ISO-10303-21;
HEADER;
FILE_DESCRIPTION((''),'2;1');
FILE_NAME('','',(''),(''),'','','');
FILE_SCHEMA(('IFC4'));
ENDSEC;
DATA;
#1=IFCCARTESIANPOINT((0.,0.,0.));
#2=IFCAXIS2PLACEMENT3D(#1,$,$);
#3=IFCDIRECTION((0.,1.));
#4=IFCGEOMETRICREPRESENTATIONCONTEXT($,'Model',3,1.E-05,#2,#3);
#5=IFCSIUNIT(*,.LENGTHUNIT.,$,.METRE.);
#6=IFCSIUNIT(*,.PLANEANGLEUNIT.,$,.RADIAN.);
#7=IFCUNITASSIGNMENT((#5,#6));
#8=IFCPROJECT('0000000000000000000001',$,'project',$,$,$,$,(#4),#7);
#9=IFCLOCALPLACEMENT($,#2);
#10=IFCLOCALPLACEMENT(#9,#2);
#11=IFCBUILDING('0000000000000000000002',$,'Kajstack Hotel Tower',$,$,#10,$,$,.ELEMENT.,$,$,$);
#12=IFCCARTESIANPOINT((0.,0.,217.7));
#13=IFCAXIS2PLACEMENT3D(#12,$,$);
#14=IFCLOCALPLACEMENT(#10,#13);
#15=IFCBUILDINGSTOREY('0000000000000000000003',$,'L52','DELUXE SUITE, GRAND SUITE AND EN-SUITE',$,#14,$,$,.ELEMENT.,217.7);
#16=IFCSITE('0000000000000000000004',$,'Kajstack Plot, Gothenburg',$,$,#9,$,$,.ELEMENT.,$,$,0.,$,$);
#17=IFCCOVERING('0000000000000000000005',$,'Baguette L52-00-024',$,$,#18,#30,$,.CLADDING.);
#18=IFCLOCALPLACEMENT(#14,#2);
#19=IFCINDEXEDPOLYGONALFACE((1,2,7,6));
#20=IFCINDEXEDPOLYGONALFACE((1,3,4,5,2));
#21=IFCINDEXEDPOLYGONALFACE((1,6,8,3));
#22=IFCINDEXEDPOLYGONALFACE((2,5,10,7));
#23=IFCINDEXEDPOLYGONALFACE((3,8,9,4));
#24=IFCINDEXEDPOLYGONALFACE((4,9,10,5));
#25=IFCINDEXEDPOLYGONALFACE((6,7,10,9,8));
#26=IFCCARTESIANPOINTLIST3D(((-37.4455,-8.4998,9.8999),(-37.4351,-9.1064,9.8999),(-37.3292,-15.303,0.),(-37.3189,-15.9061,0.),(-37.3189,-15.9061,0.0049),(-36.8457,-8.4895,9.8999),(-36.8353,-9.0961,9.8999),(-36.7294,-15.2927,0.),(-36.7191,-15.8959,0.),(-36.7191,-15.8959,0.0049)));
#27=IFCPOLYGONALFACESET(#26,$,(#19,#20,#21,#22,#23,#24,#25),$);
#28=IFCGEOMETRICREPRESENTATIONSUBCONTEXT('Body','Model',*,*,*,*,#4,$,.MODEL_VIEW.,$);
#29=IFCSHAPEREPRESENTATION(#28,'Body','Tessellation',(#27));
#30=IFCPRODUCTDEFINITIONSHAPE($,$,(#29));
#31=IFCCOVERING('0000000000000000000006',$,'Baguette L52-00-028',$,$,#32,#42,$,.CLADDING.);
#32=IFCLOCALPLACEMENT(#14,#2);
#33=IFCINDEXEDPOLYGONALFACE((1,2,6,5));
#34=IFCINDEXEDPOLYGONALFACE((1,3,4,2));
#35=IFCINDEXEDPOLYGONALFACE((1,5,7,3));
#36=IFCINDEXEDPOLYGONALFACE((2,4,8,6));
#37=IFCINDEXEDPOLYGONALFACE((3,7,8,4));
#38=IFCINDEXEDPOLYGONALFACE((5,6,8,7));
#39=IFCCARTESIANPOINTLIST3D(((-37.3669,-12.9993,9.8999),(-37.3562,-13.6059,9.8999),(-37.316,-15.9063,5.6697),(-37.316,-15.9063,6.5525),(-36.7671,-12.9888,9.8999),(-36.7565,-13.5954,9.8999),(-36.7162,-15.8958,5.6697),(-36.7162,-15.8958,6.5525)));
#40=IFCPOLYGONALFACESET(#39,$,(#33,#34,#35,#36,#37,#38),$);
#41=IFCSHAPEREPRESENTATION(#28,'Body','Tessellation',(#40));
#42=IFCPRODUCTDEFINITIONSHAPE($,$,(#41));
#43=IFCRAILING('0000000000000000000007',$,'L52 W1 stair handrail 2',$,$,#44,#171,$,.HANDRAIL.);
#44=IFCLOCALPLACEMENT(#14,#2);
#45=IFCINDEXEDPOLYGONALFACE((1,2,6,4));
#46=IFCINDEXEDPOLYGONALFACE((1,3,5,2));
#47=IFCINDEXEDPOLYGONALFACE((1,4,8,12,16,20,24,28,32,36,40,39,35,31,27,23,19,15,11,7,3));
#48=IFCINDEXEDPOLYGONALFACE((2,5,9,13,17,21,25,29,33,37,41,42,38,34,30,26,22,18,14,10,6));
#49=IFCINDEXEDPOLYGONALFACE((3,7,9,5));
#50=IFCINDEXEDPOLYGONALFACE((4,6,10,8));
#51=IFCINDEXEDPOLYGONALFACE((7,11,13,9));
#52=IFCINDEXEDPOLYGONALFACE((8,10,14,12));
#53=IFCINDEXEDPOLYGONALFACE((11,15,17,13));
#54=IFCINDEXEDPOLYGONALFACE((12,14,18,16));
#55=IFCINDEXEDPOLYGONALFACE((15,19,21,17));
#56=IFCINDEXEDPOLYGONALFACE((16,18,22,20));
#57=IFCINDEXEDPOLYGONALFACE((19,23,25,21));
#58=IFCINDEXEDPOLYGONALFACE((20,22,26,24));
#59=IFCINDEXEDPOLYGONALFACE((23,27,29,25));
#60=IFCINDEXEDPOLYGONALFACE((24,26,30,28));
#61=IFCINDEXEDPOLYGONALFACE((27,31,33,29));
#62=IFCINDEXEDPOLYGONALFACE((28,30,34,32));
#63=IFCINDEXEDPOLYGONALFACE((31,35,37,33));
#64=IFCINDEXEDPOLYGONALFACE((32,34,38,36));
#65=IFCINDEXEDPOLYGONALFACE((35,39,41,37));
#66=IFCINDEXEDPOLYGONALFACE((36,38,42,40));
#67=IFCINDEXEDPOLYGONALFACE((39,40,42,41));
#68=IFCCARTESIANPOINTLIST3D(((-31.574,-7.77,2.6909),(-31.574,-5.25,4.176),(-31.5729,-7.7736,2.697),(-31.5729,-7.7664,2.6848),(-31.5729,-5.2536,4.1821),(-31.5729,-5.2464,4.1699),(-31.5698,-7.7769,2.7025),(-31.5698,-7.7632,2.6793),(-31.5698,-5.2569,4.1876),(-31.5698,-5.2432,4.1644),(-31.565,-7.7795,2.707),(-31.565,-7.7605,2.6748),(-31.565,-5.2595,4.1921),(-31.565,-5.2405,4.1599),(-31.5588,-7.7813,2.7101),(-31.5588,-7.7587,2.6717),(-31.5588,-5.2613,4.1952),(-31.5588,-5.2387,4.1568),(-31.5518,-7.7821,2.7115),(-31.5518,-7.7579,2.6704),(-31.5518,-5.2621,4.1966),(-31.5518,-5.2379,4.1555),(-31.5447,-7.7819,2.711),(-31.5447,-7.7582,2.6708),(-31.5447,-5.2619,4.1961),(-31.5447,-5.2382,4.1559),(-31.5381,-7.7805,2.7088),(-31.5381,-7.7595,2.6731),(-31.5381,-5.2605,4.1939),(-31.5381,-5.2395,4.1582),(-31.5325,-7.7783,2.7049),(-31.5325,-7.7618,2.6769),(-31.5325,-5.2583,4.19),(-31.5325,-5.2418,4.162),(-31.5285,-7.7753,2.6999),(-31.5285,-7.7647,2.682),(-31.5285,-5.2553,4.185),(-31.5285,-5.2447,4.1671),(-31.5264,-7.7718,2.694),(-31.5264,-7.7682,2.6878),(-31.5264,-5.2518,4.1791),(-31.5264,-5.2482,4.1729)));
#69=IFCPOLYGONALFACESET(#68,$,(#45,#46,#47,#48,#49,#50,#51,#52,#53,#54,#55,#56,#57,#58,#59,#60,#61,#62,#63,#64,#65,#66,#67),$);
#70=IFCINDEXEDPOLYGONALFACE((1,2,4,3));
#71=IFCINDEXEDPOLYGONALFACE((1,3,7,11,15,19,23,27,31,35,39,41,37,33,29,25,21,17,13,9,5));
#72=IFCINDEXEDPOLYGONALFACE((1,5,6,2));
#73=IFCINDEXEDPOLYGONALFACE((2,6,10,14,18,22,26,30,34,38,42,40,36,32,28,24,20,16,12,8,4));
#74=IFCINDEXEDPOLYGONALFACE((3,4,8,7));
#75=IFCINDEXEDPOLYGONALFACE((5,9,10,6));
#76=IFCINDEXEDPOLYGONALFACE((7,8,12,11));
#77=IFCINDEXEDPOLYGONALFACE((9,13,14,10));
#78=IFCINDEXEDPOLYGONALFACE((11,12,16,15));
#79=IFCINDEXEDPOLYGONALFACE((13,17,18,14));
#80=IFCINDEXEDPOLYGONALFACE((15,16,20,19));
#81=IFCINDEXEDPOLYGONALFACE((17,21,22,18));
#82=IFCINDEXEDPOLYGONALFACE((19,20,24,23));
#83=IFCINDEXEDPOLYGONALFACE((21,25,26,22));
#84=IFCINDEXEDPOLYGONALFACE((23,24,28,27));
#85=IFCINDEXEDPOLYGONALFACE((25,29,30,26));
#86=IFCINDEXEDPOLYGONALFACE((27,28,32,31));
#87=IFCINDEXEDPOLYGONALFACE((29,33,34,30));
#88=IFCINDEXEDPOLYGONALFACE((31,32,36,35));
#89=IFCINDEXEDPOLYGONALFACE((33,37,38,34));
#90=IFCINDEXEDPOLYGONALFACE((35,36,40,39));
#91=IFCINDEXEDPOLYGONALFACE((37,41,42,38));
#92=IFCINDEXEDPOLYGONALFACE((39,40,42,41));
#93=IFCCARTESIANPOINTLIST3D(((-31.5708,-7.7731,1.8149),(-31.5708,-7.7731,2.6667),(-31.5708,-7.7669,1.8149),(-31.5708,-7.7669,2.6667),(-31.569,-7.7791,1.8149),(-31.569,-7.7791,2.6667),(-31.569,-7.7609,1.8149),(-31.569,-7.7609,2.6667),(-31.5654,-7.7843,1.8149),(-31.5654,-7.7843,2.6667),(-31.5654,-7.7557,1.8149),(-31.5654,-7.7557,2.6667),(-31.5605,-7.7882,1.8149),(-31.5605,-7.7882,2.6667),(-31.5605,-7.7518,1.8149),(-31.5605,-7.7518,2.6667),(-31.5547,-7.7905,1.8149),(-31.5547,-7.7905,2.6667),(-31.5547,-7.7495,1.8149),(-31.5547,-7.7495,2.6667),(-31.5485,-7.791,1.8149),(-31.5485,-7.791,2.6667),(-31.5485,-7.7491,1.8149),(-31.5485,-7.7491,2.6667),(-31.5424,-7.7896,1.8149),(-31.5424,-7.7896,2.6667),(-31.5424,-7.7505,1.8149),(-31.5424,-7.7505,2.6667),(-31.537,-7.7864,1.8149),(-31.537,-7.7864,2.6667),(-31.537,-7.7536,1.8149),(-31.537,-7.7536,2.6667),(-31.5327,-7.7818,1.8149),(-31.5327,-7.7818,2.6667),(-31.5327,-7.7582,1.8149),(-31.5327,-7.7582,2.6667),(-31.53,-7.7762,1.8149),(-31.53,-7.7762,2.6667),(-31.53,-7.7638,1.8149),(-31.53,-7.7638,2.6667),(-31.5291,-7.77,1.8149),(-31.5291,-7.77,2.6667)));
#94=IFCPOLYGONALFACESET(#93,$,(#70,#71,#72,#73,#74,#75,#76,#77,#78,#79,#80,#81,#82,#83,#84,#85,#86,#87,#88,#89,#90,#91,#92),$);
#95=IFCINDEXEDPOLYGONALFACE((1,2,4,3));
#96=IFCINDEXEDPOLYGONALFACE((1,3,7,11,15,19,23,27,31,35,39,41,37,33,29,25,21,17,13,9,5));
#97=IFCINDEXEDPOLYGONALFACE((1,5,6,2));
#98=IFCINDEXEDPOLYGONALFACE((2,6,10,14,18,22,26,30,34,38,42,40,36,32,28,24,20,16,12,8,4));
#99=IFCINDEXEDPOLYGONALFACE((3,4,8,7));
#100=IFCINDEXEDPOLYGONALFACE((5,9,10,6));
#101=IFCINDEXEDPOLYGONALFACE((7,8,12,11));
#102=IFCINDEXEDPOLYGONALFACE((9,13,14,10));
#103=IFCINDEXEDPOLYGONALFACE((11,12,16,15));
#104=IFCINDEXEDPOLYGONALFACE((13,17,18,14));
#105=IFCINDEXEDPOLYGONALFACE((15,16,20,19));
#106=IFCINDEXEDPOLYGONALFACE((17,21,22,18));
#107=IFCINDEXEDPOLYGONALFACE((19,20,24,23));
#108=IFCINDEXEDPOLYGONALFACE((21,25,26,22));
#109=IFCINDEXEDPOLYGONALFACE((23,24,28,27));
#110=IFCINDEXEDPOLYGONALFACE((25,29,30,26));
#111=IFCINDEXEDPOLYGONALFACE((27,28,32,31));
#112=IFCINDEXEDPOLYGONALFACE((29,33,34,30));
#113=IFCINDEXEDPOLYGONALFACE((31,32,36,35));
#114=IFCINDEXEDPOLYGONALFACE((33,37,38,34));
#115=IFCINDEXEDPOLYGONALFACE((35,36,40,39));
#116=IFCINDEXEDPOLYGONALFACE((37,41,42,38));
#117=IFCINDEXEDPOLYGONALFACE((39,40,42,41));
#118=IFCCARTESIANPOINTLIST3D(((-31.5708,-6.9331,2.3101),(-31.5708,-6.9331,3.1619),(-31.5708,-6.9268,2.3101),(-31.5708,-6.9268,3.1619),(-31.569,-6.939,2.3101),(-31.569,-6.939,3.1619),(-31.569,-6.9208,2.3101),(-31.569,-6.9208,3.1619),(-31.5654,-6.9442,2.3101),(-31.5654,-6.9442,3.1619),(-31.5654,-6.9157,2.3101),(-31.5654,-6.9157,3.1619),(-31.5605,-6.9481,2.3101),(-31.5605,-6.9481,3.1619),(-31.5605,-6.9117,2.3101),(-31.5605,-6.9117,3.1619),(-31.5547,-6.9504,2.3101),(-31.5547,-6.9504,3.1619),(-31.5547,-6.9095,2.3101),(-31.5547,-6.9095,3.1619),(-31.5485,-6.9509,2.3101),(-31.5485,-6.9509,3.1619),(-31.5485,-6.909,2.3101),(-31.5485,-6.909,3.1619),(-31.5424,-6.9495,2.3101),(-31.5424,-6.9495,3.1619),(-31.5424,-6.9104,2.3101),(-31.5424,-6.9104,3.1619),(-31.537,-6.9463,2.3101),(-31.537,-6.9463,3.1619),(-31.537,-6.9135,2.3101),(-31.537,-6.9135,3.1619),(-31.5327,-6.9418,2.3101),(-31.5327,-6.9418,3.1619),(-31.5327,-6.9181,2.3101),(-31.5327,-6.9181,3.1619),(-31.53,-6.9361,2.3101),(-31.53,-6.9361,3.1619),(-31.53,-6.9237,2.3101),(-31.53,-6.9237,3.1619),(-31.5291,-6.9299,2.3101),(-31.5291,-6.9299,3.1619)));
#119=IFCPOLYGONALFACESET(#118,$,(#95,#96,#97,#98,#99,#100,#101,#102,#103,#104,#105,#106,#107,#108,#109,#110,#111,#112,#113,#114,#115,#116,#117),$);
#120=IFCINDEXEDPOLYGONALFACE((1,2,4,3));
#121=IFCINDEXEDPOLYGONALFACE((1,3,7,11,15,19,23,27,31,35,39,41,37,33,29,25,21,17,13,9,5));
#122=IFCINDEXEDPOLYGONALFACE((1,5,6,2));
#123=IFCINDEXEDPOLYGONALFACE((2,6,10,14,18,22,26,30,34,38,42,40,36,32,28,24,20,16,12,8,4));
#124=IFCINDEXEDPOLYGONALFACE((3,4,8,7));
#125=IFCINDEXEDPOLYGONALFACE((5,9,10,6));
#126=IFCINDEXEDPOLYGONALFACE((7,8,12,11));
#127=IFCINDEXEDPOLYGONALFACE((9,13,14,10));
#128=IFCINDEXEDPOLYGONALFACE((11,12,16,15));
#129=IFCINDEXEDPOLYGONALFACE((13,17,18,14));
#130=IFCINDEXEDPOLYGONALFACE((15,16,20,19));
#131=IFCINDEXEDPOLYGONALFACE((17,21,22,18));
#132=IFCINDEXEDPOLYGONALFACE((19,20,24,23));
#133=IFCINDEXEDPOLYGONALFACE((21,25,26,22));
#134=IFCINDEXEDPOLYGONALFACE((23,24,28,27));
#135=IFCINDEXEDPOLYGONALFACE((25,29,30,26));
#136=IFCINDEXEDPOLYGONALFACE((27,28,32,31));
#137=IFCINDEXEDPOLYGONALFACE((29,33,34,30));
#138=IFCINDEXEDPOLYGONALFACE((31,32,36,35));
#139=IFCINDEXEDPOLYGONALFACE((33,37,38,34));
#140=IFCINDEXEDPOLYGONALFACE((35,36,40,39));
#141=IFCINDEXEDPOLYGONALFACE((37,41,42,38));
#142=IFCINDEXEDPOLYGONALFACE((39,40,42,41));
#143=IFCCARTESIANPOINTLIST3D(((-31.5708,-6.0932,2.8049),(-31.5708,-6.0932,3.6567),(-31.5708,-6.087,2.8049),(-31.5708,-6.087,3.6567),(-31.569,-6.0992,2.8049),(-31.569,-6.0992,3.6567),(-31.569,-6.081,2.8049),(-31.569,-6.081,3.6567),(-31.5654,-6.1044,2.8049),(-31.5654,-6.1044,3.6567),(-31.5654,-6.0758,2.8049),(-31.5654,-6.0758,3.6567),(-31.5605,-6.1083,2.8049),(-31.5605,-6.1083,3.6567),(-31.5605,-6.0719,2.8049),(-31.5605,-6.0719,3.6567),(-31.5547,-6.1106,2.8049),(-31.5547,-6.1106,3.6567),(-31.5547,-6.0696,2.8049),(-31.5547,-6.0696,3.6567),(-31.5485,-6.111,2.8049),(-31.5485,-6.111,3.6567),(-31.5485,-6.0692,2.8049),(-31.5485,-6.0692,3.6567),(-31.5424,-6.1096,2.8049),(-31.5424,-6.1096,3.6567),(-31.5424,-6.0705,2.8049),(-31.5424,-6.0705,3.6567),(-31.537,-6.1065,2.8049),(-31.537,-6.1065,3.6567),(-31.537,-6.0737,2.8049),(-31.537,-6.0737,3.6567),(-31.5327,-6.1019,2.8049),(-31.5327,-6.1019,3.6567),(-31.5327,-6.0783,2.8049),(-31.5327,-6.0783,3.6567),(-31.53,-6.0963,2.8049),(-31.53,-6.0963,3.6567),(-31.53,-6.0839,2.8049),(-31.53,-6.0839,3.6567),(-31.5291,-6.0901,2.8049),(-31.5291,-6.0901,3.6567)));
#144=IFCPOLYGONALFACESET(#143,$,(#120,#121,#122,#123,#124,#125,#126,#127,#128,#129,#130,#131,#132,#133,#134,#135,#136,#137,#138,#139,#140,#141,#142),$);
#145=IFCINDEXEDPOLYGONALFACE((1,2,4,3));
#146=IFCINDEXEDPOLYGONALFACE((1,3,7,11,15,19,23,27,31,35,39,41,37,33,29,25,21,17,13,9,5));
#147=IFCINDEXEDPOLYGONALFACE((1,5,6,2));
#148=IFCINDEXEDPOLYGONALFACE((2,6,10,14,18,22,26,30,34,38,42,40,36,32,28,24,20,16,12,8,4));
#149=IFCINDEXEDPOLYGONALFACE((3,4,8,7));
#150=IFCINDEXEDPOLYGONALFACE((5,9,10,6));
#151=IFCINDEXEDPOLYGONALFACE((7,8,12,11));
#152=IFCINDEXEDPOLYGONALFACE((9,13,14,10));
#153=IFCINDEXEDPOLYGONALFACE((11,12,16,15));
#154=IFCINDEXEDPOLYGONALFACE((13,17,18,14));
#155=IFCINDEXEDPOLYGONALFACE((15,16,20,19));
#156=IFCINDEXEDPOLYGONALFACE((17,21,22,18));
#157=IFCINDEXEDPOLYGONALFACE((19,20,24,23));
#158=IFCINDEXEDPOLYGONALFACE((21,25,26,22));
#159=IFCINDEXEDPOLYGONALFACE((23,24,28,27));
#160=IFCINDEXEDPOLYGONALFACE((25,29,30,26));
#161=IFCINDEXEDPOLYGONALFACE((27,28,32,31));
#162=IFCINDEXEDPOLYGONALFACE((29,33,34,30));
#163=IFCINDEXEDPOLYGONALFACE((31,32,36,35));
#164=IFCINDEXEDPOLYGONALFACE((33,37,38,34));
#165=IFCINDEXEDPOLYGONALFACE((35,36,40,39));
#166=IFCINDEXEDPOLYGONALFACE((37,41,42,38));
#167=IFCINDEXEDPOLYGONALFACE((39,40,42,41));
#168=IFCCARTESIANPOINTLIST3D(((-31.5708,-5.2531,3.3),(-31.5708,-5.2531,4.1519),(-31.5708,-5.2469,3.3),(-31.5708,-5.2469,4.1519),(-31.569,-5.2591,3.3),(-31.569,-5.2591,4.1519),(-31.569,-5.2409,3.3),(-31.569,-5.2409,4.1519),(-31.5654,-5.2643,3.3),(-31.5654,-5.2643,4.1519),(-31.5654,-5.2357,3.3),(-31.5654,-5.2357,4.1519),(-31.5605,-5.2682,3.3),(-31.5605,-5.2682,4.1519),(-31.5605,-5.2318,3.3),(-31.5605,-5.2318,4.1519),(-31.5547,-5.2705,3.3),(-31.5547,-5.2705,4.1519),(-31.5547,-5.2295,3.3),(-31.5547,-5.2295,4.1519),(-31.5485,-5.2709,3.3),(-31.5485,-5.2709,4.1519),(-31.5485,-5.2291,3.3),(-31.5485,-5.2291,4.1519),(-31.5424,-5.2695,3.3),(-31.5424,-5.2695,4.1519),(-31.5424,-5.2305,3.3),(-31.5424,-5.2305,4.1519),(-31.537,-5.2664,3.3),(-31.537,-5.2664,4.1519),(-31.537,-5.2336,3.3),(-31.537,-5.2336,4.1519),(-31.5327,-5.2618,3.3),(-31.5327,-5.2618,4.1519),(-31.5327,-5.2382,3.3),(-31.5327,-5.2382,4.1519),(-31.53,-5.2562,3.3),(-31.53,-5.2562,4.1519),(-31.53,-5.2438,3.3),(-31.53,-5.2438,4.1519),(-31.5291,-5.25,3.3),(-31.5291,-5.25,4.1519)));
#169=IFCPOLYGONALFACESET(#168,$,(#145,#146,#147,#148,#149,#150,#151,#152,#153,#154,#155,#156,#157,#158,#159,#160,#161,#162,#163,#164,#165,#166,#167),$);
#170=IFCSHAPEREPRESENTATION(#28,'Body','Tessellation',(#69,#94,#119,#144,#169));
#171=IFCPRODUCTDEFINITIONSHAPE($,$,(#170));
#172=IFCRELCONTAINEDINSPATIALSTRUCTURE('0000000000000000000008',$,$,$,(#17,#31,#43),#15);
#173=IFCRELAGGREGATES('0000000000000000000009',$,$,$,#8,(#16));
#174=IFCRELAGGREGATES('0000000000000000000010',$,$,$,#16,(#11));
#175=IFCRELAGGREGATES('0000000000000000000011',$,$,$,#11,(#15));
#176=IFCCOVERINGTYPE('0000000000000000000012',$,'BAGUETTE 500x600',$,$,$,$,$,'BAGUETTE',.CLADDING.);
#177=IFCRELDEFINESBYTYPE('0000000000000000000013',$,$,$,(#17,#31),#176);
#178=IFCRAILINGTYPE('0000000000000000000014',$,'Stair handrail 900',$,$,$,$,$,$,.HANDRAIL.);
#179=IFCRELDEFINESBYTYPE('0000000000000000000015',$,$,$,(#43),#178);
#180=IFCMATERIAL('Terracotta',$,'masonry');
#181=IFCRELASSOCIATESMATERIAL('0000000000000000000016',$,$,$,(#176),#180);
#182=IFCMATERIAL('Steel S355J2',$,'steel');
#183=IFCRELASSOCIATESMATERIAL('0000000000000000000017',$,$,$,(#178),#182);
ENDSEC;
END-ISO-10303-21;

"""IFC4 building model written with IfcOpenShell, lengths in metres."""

from ifc_helpers import new_model, si_unit, direction, frame, origin, origin_2d, place, context, subcontext, project, spatial, polyline, rectangle, circle, outline, extrude, material, material_profile, profile_set, type_object, element, save


model = new_model("IFC4")

# Units and contexts
model_context = context("Model", 3, precision=1e-05, world=origin(), true_north=direction((0.0, 1.0)))
body_context = subcontext(model_context, "Body", "Model", "MODEL_VIEW")
ifc_project = project(units=[si_unit("LENGTHUNIT", "METRE"), si_unit("PLANEANGLEUNIT", "RADIAN")], contexts=[model_context])

# Site, building, storey
site_placement = place(None, origin())
site = spatial("IfcSite", under=ifc_project, at=site_placement, Name="Kajstack Plot, Gothenburg", CompositionType="ELEMENT", RefElevation=0.0)
building_placement = place(site_placement, origin())
building = spatial("IfcBuilding", under=site, at=building_placement, Name="Kajstack Hotel Tower", CompositionType="ELEMENT")
storey_placement = place(building_placement, frame((0.0, 0.0, 217.7)))
storey = spatial("IfcBuildingStorey", under=building, at=storey_placement, Name="L52", Description="DELUXE SUITE, GRAND SUITE AND EN-SUITE", CompositionType="ELEMENT", Elevation=217.7)

# Coverings
ifc_material_1 = material(Name="Terracotta", Category="masonry")
ifc_material_profile = material_profile(ifc_material_1, rectangle(XDim=0.6001, YDim=0.5, at=origin_2d()), Name="Terracotta-clad concrete baguette 500 x 600")
ifc_profile_set = profile_set([ifc_material_profile], Name="Terracotta")
covering_type = type_object("IfcCoveringType", Name="BAGUETTE 500x600", ElementType="BAGUETTE", PredefinedType="CLADDING", material=ifc_profile_set)
covering_1_placement = place(storey_placement, frame((-36.8457, -8.4895, 0.0), z_axis=(-0.999854, -0.017092, 0.0), x_axis=(0.017092, -0.999854, 0.0)))
element("IfcCovering", 1, at=covering_1_placement, inside=storey, type_object=covering_type, Name="Baguette L52-00-024", PredefinedType="CLADDING", context=body_context, shape_type="SweptSolid", body=[
    extrude(outline(polyline([(6.8042, 0.0), (7.4075, 0.0), (7.4075, 0.0049), (0.6067, 9.8999), (0.0, 9.8999), (6.8042, 0.0)])), origin(), (0.0, 0.0, 1.0), 0.5999),
])
covering_2_placement = place(storey_placement, frame((-36.7671, -12.9888, 0.0), z_axis=(-0.999847, -0.017498, 0.0), x_axis=(0.017498, -0.999847, 0.0)))
element("IfcCovering", 2, at=covering_2_placement, inside=storey, type_object=covering_type, Name="Baguette L52-00-028", PredefinedType="CLADDING", context=body_context, shape_type="SweptSolid", body=[
    extrude(outline(polyline([(0.0, 9.8999), (2.9075, 5.6697), (2.9075, 6.5525), (0.6067, 9.8999), (0.0, 9.8999)])), origin(), (0.0, 0.0, 1.0), 0.5999),
])

# Railing
ifc_material_2 = material(Name="Steel S355J2", Category="steel")
railing_type_1 = type_object("IfcRailingType", Name="Stair handrail 900", PredefinedType="HANDRAIL", material=ifc_material_2)
railing_1_placement = place(storey_placement, frame((-31.55, -7.77, 1.8149)))
element("IfcRailing", 3, at=railing_1_placement, inside=storey, type_object=railing_type_1, Name="L52 W1 stair handrail 2", PredefinedType="HANDRAIL", context=body_context, shape_type="SweptSolid", body=[
    extrude(circle(Radius=0.0239, at=origin_2d()), frame((0.0, 0.0, 0.876), z_axis=(0.0, 0.861524, 0.507717), x_axis=(-1.0, 0.0, 0.0)), (0.0, 0.0, 1.0), 2.925),
    extrude(circle(Radius=0.021, at=origin_2d()), origin(), (0.0, 0.0, 1.0), 0.8518),
    extrude(circle(Radius=0.021, at=origin_2d()), frame((0.0, 0.8401, 0.4951)), (0.0, 0.0, 1.0), 0.8518),
    extrude(circle(Radius=0.021, at=origin_2d()), frame((0.0, 1.6799, 0.99)), (0.0, 0.0, 1.0), 0.8518),
    extrude(circle(Radius=0.021, at=origin_2d()), frame((0.0, 2.52, 1.4851)), (0.0, 0.0, 1.0), 0.8518),
])

save(model, "model.ifc")
